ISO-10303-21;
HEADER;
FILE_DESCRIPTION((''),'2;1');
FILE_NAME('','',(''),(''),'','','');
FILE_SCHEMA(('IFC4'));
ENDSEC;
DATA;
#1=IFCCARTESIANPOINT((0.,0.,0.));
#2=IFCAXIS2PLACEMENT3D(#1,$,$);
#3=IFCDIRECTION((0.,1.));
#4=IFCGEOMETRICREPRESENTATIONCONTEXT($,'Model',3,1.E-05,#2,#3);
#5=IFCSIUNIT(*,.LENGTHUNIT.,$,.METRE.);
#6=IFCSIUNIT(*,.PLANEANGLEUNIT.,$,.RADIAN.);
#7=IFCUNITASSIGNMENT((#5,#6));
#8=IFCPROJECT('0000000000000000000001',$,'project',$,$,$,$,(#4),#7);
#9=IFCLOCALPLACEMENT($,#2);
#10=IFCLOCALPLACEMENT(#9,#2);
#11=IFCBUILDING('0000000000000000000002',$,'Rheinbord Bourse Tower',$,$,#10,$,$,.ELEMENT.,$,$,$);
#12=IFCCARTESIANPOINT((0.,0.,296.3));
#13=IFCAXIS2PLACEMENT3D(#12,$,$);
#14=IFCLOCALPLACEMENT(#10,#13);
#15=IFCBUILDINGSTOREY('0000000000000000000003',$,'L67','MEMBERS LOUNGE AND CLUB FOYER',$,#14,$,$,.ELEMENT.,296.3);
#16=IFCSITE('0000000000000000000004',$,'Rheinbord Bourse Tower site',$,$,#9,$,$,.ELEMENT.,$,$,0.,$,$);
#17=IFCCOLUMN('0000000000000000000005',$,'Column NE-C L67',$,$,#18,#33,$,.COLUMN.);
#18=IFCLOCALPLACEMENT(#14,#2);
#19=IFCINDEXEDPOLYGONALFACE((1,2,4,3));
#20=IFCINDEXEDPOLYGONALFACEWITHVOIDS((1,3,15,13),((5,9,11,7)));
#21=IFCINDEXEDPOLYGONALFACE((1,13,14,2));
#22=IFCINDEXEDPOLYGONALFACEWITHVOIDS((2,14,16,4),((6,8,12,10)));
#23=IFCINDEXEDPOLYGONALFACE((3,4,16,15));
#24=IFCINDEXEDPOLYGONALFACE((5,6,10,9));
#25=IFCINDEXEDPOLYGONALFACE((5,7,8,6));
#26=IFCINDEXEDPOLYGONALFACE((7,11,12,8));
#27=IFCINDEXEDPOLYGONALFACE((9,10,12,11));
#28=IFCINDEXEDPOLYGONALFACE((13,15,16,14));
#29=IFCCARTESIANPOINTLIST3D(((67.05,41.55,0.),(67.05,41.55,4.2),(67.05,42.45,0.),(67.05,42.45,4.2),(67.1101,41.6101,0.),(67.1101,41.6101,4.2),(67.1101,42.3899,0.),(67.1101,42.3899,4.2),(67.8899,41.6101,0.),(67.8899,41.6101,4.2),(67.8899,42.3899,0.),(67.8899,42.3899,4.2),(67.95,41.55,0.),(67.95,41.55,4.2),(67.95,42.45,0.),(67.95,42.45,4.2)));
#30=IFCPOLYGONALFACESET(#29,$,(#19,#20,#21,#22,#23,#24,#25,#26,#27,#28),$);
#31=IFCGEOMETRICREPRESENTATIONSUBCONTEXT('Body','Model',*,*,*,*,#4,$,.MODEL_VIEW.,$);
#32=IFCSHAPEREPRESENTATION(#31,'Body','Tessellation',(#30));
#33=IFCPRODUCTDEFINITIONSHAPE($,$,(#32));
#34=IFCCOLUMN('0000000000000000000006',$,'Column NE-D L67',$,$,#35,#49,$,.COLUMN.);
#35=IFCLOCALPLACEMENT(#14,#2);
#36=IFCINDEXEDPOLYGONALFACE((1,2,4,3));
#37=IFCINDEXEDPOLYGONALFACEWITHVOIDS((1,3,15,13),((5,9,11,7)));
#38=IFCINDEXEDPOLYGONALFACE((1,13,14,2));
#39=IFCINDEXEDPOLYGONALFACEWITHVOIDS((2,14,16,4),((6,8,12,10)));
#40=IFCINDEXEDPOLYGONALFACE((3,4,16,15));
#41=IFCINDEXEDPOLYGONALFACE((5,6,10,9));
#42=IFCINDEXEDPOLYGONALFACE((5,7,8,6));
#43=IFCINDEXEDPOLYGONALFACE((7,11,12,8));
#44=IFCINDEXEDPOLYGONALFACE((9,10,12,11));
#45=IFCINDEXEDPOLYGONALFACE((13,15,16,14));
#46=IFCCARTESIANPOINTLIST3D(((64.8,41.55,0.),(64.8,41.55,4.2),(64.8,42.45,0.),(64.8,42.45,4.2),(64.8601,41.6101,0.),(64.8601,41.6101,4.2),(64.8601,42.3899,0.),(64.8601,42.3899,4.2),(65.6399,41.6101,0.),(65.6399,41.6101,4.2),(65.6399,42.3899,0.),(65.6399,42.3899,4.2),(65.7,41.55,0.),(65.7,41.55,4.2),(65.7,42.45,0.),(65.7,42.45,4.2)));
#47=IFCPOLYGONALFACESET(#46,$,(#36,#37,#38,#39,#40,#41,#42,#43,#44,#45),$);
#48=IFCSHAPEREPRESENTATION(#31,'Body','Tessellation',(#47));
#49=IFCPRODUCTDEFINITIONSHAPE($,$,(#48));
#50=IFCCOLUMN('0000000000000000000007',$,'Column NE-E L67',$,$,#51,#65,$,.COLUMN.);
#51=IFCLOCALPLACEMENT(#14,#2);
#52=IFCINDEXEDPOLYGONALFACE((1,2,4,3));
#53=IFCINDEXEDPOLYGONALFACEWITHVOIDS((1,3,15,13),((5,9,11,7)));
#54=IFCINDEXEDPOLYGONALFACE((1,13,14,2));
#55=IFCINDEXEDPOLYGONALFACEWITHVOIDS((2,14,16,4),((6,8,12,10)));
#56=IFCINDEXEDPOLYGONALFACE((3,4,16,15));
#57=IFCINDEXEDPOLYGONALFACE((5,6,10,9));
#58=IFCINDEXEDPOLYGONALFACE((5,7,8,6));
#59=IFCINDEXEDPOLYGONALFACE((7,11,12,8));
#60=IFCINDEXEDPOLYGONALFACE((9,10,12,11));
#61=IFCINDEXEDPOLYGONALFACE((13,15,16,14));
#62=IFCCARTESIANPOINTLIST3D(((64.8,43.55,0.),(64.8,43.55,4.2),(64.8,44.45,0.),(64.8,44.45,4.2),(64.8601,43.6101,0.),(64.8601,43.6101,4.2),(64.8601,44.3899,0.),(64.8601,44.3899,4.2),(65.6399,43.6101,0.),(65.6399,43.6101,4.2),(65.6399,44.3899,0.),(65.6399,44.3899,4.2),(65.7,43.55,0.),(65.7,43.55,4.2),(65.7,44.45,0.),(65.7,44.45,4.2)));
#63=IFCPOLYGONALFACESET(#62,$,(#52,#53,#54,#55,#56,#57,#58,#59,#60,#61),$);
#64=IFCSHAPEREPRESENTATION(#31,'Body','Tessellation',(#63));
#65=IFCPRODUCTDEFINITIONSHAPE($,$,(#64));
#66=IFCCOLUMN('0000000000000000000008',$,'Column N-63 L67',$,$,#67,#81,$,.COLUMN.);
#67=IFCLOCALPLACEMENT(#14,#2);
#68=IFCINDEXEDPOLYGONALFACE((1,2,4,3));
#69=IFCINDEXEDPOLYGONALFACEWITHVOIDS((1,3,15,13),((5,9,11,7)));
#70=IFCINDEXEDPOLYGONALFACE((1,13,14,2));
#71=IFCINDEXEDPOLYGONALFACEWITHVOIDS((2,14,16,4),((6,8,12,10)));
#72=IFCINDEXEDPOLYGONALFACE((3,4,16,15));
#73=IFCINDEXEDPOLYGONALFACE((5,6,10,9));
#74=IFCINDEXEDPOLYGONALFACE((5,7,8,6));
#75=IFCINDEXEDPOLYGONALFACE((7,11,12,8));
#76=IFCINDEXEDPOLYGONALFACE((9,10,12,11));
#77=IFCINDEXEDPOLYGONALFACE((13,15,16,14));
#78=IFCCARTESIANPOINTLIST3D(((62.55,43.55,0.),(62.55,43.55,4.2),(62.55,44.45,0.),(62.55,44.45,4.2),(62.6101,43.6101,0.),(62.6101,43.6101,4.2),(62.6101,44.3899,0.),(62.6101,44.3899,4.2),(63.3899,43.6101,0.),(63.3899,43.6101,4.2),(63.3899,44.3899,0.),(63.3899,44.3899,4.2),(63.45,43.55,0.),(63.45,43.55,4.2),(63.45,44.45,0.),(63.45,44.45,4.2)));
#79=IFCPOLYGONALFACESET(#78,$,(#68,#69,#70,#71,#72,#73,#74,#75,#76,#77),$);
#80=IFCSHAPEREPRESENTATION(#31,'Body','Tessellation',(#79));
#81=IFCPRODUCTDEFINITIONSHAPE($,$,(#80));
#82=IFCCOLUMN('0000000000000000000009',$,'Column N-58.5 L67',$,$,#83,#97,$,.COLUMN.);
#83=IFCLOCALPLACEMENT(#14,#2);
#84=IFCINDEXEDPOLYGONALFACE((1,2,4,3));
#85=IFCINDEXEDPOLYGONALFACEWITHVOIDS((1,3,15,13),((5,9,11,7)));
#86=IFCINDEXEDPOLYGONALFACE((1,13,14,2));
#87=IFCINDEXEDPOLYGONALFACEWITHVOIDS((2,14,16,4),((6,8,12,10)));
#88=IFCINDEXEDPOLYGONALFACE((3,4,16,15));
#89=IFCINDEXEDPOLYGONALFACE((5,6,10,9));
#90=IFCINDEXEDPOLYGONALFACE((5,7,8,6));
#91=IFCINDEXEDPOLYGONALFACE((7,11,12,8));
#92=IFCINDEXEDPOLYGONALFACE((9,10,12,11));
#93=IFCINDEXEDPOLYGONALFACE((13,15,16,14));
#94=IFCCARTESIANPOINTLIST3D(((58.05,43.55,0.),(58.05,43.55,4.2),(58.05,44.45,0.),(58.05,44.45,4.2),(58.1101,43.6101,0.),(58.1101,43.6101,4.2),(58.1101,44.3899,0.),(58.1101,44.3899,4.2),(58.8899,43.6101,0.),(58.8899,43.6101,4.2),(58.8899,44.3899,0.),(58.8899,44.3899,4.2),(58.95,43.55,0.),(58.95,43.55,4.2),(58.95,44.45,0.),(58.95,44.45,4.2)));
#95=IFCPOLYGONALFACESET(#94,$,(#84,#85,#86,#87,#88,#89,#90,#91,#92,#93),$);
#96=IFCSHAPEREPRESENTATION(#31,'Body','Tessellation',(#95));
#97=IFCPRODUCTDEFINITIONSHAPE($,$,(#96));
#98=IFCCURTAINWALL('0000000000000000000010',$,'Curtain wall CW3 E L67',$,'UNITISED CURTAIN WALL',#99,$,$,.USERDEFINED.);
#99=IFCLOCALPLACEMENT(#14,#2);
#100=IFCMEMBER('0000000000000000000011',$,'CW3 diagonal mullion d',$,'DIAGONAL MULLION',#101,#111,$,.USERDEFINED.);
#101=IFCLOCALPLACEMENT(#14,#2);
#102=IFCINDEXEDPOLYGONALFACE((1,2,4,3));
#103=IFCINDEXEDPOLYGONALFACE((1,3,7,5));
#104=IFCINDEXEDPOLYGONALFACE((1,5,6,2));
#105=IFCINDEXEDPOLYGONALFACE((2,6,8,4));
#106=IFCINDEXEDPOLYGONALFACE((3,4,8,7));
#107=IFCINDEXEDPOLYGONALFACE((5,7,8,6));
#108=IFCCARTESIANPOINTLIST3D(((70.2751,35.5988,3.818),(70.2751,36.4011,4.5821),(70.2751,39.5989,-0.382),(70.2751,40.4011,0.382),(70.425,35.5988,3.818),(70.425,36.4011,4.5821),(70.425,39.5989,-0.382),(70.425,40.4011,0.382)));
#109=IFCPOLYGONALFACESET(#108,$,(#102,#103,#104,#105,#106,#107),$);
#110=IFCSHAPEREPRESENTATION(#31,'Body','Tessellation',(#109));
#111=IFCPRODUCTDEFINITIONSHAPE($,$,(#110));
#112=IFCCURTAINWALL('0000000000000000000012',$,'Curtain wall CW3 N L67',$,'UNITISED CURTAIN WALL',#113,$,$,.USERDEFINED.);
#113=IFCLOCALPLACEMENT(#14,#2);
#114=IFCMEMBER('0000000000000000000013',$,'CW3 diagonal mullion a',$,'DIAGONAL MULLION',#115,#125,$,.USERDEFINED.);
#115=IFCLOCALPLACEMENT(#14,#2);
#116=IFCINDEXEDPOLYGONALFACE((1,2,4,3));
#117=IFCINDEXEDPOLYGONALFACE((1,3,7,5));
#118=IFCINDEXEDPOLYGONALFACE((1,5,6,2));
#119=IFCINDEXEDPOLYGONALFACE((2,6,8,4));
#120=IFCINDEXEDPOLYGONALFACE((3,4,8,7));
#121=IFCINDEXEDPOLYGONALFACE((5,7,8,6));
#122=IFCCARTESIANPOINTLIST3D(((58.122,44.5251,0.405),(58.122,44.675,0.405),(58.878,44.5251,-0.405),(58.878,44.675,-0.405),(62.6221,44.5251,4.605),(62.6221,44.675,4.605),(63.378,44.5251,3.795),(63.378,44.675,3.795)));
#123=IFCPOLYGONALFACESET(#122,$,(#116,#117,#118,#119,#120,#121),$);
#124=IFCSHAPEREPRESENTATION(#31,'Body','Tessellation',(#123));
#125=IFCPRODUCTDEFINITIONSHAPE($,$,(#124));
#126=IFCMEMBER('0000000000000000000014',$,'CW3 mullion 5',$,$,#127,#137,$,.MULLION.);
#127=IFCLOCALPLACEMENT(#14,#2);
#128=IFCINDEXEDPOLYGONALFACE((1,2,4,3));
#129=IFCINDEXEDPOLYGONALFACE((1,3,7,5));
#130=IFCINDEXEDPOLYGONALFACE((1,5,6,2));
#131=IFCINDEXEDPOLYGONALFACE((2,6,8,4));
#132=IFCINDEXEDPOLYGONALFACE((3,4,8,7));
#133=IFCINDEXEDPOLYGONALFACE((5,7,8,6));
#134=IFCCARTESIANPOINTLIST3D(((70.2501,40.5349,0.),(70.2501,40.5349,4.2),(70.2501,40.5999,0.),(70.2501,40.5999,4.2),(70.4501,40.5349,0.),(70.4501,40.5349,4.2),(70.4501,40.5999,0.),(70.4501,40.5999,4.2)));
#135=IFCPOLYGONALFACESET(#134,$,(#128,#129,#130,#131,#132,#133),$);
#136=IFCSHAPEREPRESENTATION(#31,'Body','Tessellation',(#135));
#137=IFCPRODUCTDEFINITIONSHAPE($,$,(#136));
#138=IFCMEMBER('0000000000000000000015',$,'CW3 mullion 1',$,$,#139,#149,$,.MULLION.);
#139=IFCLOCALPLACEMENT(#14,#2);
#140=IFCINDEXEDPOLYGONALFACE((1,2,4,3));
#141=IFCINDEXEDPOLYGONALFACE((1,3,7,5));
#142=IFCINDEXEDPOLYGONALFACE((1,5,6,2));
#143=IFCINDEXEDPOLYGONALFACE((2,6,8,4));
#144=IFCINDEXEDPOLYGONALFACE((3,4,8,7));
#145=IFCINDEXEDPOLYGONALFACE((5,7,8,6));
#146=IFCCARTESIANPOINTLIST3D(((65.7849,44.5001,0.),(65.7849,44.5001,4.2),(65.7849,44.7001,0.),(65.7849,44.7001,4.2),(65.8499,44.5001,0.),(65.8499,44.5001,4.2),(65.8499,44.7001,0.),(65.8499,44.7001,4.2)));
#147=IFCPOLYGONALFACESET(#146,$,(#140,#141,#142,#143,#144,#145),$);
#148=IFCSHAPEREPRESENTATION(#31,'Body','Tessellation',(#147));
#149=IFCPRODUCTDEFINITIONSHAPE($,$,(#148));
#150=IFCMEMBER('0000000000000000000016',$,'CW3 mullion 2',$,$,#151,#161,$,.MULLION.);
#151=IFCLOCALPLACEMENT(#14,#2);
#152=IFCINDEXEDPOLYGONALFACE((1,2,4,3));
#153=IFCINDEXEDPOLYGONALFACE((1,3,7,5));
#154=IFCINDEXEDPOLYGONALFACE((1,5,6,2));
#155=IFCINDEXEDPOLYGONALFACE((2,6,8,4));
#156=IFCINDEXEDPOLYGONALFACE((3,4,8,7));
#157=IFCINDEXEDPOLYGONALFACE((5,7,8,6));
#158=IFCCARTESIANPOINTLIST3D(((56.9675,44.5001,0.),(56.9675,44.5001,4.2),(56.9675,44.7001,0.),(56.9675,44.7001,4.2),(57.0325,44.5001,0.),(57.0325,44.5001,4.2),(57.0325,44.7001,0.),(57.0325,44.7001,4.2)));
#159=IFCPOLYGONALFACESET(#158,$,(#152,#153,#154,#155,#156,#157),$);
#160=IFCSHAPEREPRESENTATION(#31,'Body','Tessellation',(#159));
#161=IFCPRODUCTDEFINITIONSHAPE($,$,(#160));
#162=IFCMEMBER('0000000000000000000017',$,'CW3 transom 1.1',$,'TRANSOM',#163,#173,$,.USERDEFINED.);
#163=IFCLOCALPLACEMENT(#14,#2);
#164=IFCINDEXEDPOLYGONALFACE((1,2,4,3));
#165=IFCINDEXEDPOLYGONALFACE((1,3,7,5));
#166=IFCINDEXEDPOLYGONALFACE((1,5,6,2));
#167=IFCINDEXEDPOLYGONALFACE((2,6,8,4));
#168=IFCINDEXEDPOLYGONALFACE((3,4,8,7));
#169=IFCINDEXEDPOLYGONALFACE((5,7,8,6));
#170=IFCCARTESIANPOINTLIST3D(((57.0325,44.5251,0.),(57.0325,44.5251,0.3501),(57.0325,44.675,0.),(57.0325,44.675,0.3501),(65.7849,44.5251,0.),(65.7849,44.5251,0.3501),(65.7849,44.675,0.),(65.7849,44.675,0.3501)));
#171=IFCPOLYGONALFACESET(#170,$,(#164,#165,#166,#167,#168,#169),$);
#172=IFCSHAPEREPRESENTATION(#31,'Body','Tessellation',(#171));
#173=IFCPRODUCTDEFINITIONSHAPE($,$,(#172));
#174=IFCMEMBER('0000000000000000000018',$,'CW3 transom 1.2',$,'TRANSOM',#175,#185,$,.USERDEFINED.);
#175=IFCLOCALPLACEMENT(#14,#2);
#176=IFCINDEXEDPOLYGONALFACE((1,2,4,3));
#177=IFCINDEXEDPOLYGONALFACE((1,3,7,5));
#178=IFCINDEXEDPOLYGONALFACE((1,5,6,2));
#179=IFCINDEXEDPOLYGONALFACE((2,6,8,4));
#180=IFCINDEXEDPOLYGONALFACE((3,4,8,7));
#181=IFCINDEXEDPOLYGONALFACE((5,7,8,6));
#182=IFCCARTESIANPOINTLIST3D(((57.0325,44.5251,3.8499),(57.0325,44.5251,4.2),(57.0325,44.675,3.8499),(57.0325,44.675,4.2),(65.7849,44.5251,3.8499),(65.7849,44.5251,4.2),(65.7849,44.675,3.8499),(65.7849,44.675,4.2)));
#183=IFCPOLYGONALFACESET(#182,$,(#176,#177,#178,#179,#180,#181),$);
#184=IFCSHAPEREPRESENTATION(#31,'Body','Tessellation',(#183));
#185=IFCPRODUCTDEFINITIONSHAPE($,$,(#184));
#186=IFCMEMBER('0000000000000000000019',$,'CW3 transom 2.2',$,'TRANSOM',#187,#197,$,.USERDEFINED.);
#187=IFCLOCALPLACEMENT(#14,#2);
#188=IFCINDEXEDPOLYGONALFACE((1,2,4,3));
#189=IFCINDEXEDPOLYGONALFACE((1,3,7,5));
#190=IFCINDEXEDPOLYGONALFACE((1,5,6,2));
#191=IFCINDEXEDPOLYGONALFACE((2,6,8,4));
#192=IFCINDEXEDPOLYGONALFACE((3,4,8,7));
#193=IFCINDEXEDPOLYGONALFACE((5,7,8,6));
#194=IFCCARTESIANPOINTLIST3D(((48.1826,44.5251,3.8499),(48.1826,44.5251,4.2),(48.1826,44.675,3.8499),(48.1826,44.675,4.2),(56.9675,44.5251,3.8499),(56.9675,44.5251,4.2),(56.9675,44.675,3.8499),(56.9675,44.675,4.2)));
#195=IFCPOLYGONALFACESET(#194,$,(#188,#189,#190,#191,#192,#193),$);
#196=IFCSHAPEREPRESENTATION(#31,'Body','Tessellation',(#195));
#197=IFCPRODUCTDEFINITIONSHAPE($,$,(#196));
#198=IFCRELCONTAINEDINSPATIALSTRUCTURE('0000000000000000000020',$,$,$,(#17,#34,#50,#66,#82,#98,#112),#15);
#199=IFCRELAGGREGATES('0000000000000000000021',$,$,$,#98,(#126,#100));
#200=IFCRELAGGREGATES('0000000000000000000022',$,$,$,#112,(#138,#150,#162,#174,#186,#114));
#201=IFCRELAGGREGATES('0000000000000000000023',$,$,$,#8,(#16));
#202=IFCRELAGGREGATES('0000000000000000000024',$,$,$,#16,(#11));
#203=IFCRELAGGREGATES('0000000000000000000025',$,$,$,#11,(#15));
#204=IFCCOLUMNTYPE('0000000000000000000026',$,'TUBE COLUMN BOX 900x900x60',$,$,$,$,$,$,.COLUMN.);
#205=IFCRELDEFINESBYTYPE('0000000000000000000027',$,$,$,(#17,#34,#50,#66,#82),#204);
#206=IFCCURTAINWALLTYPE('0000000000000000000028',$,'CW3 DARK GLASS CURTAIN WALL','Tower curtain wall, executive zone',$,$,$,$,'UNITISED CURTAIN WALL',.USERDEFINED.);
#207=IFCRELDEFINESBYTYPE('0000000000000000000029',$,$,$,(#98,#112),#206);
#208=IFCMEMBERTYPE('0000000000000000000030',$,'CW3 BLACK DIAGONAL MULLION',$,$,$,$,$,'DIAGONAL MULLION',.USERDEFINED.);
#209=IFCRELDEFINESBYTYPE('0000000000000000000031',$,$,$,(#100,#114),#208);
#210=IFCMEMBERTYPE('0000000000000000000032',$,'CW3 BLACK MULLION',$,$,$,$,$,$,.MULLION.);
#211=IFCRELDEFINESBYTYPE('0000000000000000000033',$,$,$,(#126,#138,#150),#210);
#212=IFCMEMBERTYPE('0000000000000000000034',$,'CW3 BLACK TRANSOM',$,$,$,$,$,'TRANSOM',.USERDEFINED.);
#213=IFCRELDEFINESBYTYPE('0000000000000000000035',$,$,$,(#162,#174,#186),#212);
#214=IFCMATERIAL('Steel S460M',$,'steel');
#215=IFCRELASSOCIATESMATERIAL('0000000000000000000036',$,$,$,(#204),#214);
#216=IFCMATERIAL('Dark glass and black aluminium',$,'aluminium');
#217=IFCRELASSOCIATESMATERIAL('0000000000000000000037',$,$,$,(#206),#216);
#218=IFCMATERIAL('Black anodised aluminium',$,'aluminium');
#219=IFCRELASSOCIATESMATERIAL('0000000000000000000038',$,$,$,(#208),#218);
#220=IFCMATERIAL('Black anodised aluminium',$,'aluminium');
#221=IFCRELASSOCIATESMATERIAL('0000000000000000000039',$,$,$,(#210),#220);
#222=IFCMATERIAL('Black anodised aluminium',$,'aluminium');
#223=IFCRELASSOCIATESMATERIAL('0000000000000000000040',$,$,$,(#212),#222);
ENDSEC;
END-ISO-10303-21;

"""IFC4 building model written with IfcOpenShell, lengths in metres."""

from ifc_helpers import new_model, si_unit, direction, frame, origin, origin_2d, place, context, subcontext, project, spatial, rectangle, hollow_rectangle, extrude, material, material_profile, profile_set, type_object, element, aggregate, save


model = new_model("IFC4")

# Units and contexts
model_context = context("Model", 3, precision=1e-05, world=origin(), true_north=direction((0.0, 1.0)))
body_context = subcontext(model_context, "Body", "Model", "MODEL_VIEW")
ifc_project = project(units=[si_unit("LENGTHUNIT", "METRE"), si_unit("PLANEANGLEUNIT", "RADIAN")], contexts=[model_context])

# Site, building, storey
site_placement = place(None, origin())
site = spatial("IfcSite", under=ifc_project, at=site_placement, Name="Rheinbord Bourse Tower site", CompositionType="ELEMENT", RefElevation=0.0)
building_placement = place(site_placement, origin())
building = spatial("IfcBuilding", under=site, at=building_placement, Name="Rheinbord Bourse Tower", CompositionType="ELEMENT")
storey_placement = place(building_placement, frame((0.0, 0.0, 296.3)))
storey = spatial("IfcBuildingStorey", under=building, at=storey_placement, Name="L67", Description="MEMBERS LOUNGE AND CLUB FOYER", CompositionType="ELEMENT", Elevation=296.3)

# Columns
ifc_material_1 = material(Name="Steel S460M", Category="steel")
ifc_material_profile_1 = material_profile(ifc_material_1, hollow_rectangle(XDim=0.8999, YDim=0.8999, WallThickness=0.0601, at=origin_2d()), Name="BOX 900x900x60")
ifc_profile_set_1 = profile_set([ifc_material_profile_1], Name="Steel S460M")
column_type = type_object("IfcColumnType", Name="TUBE COLUMN BOX 900x900x60", PredefinedType="COLUMN", material=ifc_profile_set_1)
for number, where, z_axis, x_axis, name in (
    (1, (67.5, 42.0, 0.0), (0.0, 0.0, 1.0), (1.0, 0.0, 0.0), "Column NE-C L67"),
    (2, (65.25, 42.0, 0.0), (0.0, 0.0, 1.0), (0.0, 1.0, 0.0), "Column NE-D L67"),
    (3, (65.25, 44.0, 0.0), (0.0, 0.0, 1.0), (0.0, 1.0, 0.0), "Column NE-E L67"),
    (4, (63.0, 44.0, 0.0), (0.0, 0.0, 1.0), (0.0, 1.0, 0.0), "Column N-63 L67"),
    (5, (58.5, 44.0, 0.0), (0.0, 0.0, 1.0), (0.0, 1.0, 0.0), "Column N-58.5 L67"),
):
    element("IfcColumn", number, at=place(storey_placement, frame(where, z_axis=z_axis, x_axis=x_axis)), inside=storey, type_object=column_type, Name=name, PredefinedType="COLUMN", context=body_context, shape_type="SweptSolid", body=[
        extrude(hollow_rectangle(XDim=0.8999, YDim=0.8999, WallThickness=0.0601, at=origin_2d()), origin(), (0.0, 0.0, 1.0), 4.2),
    ])

# Curtain walls, members
ifc_material_2 = material(Name="Dark glass and black aluminium", Category="aluminium")
curtain_wall_type = type_object("IfcCurtainWallType", Name="CW3 DARK GLASS CURTAIN WALL", Description="Tower curtain wall, executive zone", ElementType="UNITISED CURTAIN WALL", PredefinedType="USERDEFINED", material=ifc_material_2)
curtain_wall_1_placement = place(storey_placement, origin())
curtain_wall_1 = element("IfcCurtainWall", 6, at=curtain_wall_1_placement, inside=storey, type_object=curtain_wall_type, Name="Curtain wall CW3 E L67", ObjectType="UNITISED CURTAIN WALL", PredefinedType="USERDEFINED")
ifc_material_3 = material(Name="Black anodised aluminium", Category="aluminium")
ifc_material_profile_2 = material_profile(ifc_material_3, rectangle(XDim=0.1499, YDim=1.1079, at=origin_2d()), Name="CW3 DIAGONAL MULLION 1108x150")
ifc_profile_set_2 = profile_set([ifc_material_profile_2], Name="Black anodised aluminium")
member_type_1 = type_object("IfcMemberType", Name="CW3 BLACK DIAGONAL MULLION", ElementType="DIAGONAL MULLION", PredefinedType="USERDEFINED", material=ifc_profile_set_2)
member_1_placement = place(storey_placement, frame((70.3501, 40.0, 0.0), z_axis=(0.0, -0.689659, 0.724134), x_axis=(1.0, 0.0, 0.0)))
member_1 = element("IfcMember", 7, at=member_1_placement, type_object=member_type_1, Name="CW3 diagonal mullion d", ObjectType="DIAGONAL MULLION", PredefinedType="USERDEFINED", context=body_context, shape_type="SweptSolid", body=[
    extrude(rectangle(XDim=0.1499, YDim=1.1079, at=origin_2d()), origin(), (0.0, 0.0, 1.0), 5.8),
])
curtain_wall_2_placement = place(storey_placement, origin())
curtain_wall_2 = element("IfcCurtainWall", 8, at=curtain_wall_2_placement, inside=storey, type_object=curtain_wall_type, Name="Curtain wall CW3 N L67", ObjectType="UNITISED CURTAIN WALL", PredefinedType="USERDEFINED")
member_2_placement = place(storey_placement, frame((58.5, 44.6001, 0.0), z_axis=(0.731059, 0.0, 0.682314), x_axis=(0.0, 1.0, 0.0)))
member_2 = element("IfcMember", 9, at=member_2_placement, type_object=member_type_1, Name="CW3 diagonal mullion a", ObjectType="DIAGONAL MULLION", PredefinedType="USERDEFINED", context=body_context, shape_type="SweptSolid", body=[
    extrude(rectangle(XDim=0.1499, YDim=1.1079, at=origin_2d()), origin(), (0.0, 0.0, 1.0), 6.1555),
])

# Members
ifc_material_4 = material(Name="Black anodised aluminium", Category="aluminium")
ifc_material_profile_3 = material_profile(ifc_material_4, rectangle(XDim=0.2, YDim=0.0649, at=origin_2d()), Name="CW3 MULLION 65x200")
ifc_profile_set_3 = profile_set([ifc_material_profile_3], Name="Black anodised aluminium")
member_type_2 = type_object("IfcMemberType", Name="CW3 BLACK MULLION", PredefinedType="MULLION", material=ifc_profile_set_3)
member_3_placement = place(storey_placement, frame((70.3501, 40.5674, 0.0), z_axis=(0.0, 0.0, 1.0), x_axis=(-1.0, 0.0, 0.0)))
member_3 = element("IfcMember", 10, at=member_3_placement, type_object=member_type_2, Name="CW3 mullion 5", PredefinedType="MULLION", context=body_context, shape_type="SweptSolid", body=[
    extrude(rectangle(XDim=0.2, YDim=0.0649, at=origin_2d()), origin(), (0.0, 0.0, 1.0), 4.2),
])
member_4_placement = place(storey_placement, frame((65.8174, 44.6001, 0.0), z_axis=(0.0, 0.0, 1.0), x_axis=(0.0, -1.0, 0.0)))
member_4 = element("IfcMember", 11, at=member_4_placement, type_object=member_type_2, Name="CW3 mullion 1", PredefinedType="MULLION", context=body_context, shape_type="SweptSolid", body=[
    extrude(rectangle(XDim=0.2, YDim=0.0649, at=origin_2d()), origin(), (0.0, 0.0, 1.0), 4.2),
])
member_5_placement = place(storey_placement, frame((57.0, 44.6001, 0.0), z_axis=(0.0, 0.0, 1.0), x_axis=(0.0, -1.0, 0.0)))
member_5 = element("IfcMember", 12, at=member_5_placement, type_object=member_type_2, Name="CW3 mullion 2", PredefinedType="MULLION", context=body_context, shape_type="SweptSolid", body=[
    extrude(rectangle(XDim=0.2, YDim=0.0649, at=origin_2d()), origin(), (0.0, 0.0, 1.0), 4.2),
])
ifc_material_5 = material(Name="Black anodised aluminium", Category="aluminium")
ifc_material_profile_4 = material_profile(ifc_material_5, rectangle(XDim=0.1499, YDim=0.3501, at=origin_2d()), Name="CW3 TRANSOM 350x150")
ifc_profile_set_4 = profile_set([ifc_material_profile_4], Name="Black anodised aluminium")
member_type_3 = type_object("IfcMemberType", Name="CW3 BLACK TRANSOM", ElementType="TRANSOM", PredefinedType="USERDEFINED", material=ifc_profile_set_4)
member_6_placement = place(storey_placement, frame((65.7849, 44.6001, 0.175), z_axis=(-1.0, 0.0, 0.0), x_axis=(0.0, -1.0, 0.0)))
member_6 = element("IfcMember", 13, at=member_6_placement, type_object=member_type_3, Name="CW3 transom 1.1", ObjectType="TRANSOM", PredefinedType="USERDEFINED", context=body_context, shape_type="SweptSolid", body=[
    extrude(rectangle(XDim=0.1499, YDim=0.3501, at=origin_2d()), origin(), (0.0, 0.0, 1.0), 8.7524),
])
member_7_placement = place(storey_placement, frame((65.7849, 44.6001, 4.0249), z_axis=(-1.0, 0.0, 0.0), x_axis=(0.0, -1.0, 0.0)))
member_7 = element("IfcMember", 14, at=member_7_placement, type_object=member_type_3, Name="CW3 transom 1.2", ObjectType="TRANSOM", PredefinedType="USERDEFINED", context=body_context, shape_type="SweptSolid", body=[
    extrude(rectangle(XDim=0.1499, YDim=0.3501, at=origin_2d()), origin(), (0.0, 0.0, 1.0), 8.7524),
])
member_8_placement = place(storey_placement, frame((56.9675, 44.6001, 4.0249), z_axis=(-1.0, 0.0, 0.0), x_axis=(0.0, -1.0, 0.0)))
member_8 = element("IfcMember", 15, at=member_8_placement, type_object=member_type_3, Name="CW3 transom 2.2", ObjectType="TRANSOM", PredefinedType="USERDEFINED", context=body_context, shape_type="SweptSolid", body=[
    extrude(rectangle(XDim=0.1499, YDim=0.3501, at=origin_2d()), origin(), (0.0, 0.0, 1.0), 8.7849),
])

aggregate(curtain_wall_1, [member_3, member_1])
aggregate(curtain_wall_2, [member_4, member_5, member_6, member_7, member_8, member_2])

save(model, "model.ifc")
